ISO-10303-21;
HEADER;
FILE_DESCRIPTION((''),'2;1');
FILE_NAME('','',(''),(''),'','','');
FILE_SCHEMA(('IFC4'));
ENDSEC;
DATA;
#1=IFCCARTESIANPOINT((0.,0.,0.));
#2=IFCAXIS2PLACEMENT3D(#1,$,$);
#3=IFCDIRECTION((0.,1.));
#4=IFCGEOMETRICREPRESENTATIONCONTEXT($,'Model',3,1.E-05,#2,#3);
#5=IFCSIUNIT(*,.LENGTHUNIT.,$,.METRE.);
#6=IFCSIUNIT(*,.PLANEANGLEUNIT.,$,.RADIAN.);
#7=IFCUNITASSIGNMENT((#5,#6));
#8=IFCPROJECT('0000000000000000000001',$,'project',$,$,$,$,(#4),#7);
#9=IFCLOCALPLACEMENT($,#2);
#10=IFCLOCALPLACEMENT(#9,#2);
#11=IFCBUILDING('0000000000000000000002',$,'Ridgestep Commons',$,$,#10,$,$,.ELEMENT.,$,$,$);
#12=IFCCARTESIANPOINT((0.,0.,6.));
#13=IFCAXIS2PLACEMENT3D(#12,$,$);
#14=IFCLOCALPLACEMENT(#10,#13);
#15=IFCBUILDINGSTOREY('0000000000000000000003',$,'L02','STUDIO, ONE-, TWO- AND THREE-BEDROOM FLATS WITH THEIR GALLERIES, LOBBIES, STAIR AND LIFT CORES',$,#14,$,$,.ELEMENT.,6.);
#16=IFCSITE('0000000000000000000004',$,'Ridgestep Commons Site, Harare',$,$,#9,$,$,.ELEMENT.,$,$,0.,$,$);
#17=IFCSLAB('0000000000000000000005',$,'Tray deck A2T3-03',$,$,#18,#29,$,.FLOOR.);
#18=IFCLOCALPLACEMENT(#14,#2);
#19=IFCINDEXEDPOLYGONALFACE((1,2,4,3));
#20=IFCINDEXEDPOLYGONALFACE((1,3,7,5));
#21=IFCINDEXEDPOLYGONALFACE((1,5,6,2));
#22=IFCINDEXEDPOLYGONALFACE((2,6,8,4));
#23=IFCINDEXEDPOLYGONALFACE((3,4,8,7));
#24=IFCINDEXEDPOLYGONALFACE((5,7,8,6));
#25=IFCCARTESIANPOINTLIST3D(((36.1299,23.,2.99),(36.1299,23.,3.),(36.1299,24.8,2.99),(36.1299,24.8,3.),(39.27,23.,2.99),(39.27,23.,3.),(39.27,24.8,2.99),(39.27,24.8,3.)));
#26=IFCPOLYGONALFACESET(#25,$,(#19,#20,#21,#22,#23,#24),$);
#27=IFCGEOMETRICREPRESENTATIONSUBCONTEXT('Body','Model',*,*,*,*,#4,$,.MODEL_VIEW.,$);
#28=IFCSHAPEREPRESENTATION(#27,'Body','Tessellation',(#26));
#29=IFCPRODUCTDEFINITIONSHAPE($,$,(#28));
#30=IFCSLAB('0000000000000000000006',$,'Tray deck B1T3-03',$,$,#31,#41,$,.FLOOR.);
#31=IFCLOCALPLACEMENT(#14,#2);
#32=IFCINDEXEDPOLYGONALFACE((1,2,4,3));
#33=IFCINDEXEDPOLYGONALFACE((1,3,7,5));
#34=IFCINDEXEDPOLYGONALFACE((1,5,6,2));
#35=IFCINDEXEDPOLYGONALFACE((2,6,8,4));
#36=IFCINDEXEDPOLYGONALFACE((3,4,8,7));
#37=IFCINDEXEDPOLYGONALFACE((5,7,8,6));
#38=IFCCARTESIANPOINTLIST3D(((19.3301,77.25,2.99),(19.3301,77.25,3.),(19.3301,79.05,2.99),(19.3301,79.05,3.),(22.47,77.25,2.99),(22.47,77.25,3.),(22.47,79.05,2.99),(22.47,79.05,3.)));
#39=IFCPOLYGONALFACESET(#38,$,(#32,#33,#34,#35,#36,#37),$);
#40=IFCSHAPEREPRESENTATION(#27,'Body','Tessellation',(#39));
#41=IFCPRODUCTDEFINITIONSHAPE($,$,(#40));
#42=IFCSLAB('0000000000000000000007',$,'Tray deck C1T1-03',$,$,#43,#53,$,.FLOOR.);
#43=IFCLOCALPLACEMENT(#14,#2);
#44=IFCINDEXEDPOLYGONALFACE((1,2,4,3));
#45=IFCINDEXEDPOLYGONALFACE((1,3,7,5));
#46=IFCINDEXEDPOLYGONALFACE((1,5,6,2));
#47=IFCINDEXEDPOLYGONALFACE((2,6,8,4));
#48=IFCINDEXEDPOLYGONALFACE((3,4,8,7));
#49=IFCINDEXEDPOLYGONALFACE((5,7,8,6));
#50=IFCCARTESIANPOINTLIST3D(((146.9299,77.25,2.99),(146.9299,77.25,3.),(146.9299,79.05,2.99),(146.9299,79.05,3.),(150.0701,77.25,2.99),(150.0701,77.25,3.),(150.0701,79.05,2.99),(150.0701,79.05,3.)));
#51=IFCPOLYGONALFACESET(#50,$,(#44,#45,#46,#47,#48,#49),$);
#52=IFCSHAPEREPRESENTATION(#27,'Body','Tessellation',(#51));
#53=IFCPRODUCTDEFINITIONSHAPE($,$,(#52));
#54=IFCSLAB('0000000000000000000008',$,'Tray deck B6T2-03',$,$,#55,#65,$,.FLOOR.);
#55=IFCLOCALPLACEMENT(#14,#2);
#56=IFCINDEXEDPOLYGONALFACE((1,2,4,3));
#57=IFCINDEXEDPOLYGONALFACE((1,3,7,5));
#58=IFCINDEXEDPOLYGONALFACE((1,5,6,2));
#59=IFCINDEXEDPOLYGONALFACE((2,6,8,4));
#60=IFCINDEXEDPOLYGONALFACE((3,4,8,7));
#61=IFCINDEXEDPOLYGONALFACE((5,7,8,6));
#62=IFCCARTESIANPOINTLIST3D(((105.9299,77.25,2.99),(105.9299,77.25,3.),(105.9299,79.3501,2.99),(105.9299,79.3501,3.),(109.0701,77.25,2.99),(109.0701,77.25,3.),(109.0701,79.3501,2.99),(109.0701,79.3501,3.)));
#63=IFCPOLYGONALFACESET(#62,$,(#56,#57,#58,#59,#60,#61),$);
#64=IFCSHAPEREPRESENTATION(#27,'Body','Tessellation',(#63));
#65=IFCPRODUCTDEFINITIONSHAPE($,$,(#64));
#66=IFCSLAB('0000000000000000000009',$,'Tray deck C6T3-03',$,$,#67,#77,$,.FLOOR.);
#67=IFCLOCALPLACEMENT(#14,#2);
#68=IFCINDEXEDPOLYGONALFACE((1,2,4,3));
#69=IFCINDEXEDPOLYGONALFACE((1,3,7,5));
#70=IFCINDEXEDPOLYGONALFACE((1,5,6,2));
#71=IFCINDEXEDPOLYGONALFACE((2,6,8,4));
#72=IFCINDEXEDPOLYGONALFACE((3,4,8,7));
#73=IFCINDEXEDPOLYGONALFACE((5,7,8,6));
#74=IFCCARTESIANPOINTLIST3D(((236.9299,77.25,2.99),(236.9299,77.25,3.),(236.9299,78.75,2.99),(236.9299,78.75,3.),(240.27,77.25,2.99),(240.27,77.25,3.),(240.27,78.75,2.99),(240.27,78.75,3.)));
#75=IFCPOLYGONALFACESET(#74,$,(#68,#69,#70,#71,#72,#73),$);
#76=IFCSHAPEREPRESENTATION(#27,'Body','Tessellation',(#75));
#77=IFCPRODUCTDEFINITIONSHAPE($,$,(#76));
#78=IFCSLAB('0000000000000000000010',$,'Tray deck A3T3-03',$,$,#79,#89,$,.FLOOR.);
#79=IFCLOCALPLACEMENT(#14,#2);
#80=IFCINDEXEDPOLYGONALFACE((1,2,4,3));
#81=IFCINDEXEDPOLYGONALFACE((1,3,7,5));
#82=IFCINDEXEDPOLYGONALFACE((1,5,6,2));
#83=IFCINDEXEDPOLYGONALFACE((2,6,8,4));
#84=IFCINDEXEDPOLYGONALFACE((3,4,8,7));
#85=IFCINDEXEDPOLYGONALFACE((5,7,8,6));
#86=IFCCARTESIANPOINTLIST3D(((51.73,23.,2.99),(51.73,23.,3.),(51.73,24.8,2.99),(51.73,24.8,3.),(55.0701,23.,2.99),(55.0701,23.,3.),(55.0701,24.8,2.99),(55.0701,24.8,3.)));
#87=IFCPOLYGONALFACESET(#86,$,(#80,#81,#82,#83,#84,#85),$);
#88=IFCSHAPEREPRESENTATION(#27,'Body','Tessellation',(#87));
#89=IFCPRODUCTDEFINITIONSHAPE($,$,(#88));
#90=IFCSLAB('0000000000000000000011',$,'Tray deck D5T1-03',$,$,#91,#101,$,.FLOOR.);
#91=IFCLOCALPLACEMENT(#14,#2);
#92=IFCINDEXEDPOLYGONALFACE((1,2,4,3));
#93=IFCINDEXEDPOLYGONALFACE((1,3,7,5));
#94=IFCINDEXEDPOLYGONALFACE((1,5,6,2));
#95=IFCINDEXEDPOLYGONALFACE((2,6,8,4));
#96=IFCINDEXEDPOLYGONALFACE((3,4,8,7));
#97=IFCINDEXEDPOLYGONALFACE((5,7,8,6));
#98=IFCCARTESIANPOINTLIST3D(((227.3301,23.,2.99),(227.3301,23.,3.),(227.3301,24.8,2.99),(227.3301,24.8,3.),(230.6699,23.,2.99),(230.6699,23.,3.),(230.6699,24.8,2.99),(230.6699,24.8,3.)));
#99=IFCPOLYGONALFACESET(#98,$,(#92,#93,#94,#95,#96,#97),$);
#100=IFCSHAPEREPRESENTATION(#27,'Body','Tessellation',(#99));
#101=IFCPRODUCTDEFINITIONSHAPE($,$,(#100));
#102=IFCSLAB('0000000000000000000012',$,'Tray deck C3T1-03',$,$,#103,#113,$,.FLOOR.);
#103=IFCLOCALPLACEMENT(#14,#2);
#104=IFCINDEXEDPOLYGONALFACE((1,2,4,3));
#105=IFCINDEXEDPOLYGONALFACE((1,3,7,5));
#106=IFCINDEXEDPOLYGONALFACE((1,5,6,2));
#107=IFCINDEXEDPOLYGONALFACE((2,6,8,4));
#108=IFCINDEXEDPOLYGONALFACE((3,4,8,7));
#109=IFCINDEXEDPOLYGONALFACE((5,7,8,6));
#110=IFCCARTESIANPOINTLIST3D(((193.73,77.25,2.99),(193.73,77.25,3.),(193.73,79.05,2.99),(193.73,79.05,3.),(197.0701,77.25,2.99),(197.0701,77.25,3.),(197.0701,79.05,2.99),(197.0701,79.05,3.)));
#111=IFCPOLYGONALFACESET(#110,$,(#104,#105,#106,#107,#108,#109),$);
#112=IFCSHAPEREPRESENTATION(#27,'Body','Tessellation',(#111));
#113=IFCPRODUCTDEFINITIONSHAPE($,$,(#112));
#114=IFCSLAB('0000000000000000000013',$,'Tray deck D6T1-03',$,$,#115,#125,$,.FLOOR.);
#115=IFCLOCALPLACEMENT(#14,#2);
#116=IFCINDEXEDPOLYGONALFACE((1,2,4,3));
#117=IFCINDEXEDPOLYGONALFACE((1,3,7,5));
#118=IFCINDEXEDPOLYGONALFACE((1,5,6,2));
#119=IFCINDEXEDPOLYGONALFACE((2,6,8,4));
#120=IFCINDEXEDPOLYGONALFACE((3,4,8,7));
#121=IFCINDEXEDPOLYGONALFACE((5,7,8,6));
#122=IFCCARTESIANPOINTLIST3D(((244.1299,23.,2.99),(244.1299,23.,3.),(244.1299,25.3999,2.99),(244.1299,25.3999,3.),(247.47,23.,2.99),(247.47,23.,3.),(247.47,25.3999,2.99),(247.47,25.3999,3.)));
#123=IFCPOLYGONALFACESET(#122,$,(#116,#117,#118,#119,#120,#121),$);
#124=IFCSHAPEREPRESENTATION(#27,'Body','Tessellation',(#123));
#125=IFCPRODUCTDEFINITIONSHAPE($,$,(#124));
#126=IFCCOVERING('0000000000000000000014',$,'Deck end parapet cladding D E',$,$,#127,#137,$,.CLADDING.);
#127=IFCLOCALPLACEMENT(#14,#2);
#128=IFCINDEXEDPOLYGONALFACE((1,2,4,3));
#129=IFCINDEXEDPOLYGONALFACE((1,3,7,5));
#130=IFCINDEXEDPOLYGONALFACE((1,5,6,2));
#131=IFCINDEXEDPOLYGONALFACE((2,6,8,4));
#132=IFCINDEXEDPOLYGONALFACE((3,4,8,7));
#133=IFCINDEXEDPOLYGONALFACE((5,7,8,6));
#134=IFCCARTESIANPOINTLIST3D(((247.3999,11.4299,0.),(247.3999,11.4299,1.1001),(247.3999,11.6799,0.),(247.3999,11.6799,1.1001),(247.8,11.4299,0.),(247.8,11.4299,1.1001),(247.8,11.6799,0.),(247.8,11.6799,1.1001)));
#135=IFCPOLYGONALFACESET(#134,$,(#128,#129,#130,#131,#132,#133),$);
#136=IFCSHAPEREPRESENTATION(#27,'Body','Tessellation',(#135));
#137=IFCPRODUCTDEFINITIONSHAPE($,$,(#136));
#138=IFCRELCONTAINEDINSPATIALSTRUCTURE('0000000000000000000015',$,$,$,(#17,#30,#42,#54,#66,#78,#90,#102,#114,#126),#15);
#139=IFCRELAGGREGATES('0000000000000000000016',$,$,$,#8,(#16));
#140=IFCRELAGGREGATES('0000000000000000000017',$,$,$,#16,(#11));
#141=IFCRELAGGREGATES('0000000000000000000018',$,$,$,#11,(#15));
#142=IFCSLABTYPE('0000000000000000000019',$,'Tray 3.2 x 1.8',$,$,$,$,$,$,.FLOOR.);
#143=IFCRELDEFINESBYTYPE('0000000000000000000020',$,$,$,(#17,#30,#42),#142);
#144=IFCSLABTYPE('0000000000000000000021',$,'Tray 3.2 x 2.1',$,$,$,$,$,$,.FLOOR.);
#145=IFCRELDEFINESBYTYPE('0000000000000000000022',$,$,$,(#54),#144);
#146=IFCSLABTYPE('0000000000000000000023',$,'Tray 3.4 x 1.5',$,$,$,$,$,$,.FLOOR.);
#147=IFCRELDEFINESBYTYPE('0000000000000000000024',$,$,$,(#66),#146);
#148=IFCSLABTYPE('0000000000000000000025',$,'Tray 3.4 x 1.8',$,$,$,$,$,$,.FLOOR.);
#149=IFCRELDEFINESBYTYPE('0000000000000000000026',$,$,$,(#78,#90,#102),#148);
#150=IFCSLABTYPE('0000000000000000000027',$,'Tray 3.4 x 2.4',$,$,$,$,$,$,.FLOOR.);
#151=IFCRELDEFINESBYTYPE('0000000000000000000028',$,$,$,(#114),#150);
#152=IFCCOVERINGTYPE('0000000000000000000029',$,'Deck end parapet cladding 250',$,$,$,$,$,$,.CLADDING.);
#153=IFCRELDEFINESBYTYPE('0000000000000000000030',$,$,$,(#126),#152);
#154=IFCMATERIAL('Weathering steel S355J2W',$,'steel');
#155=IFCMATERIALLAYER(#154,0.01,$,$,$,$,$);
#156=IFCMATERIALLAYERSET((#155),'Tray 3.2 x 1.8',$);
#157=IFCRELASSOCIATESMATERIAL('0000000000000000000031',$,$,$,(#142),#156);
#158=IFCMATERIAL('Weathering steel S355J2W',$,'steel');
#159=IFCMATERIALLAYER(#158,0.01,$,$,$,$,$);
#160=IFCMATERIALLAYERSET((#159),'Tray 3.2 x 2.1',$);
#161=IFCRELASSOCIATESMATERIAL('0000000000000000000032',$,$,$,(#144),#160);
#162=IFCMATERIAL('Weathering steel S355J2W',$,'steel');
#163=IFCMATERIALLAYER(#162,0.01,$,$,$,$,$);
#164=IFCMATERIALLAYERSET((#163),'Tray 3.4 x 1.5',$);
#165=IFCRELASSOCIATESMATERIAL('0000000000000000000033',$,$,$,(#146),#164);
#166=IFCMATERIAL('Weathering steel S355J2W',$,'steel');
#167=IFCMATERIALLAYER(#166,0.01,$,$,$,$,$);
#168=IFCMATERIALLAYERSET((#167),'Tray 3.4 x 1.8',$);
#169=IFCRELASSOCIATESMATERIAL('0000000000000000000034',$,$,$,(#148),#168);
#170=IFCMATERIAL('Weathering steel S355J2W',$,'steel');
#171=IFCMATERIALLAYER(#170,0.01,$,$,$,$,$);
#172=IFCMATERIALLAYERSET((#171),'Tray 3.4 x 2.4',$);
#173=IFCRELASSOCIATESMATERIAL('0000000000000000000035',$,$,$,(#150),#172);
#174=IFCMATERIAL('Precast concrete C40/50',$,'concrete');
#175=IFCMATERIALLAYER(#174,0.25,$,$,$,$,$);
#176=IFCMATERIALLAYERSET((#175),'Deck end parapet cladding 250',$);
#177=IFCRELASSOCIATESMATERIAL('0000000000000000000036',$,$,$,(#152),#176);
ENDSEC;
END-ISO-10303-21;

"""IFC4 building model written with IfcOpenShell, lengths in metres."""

from ifc_helpers import new_model, si_unit, direction, frame, origin, place, context, subcontext, project, spatial, polyline, outline, extrude, material, layer, layer_set, type_object, element, save


model = new_model("IFC4")

# Units and contexts
model_context = context("Model", 3, precision=1e-05, world=origin(), true_north=direction((0.0, 1.0)))
body_context = subcontext(model_context, "Body", "Model", "MODEL_VIEW")
ifc_project = project(units=[si_unit("LENGTHUNIT", "METRE"), si_unit("PLANEANGLEUNIT", "RADIAN")], contexts=[model_context])

# Site, building, storey
site_placement = place(None, origin())
site = spatial("IfcSite", under=ifc_project, at=site_placement, Name="Ridgestep Commons Site, Harare", CompositionType="ELEMENT", RefElevation=0.0)
building_placement = place(site_placement, origin())
building = spatial("IfcBuilding", under=site, at=building_placement, Name="Ridgestep Commons", CompositionType="ELEMENT")
storey_placement = place(building_placement, frame((0.0, 0.0, 6.0)))
storey = spatial("IfcBuildingStorey", under=building, at=storey_placement, Name="L02", Description="STUDIO, ONE-, TWO- AND THREE-BEDROOM FLATS WITH THEIR GALLERIES, LOBBIES, STAIR AND LIFT CORES", CompositionType="ELEMENT", Elevation=6.0)

# Slabs
ifc_material_1 = material(Name="Weathering steel S355J2W", Category="steel")
ifc_layer_1 = layer(ifc_material_1, 0.01)
ifc_layer_set_1 = layer_set([ifc_layer_1], Name="Tray 3.2 x 1.8")
slab_type_1 = type_object("IfcSlabType", Name="Tray 3.2 x 1.8", PredefinedType="FLOOR", material=ifc_layer_set_1)
slab_1_placement = place(storey_placement, frame((0.0, 0.0, 2.99)))
element("IfcSlab", 1, at=slab_1_placement, inside=storey, type_object=slab_type_1, Name="Tray deck A2T3-03", PredefinedType="FLOOR", context=body_context, shape_type="SweptSolid", body=[
    extrude(outline(polyline([(36.1299, 23.0), (39.27, 23.0), (39.27, 24.8), (36.1299, 24.8), (36.1299, 23.0)])), origin(), (0.0, 0.0, 1.0), 0.01),
])
slab_2_placement = place(storey_placement, frame((0.0, 0.0, 2.99)))
element("IfcSlab", 2, at=slab_2_placement, inside=storey, type_object=slab_type_1, Name="Tray deck B1T3-03", PredefinedType="FLOOR", context=body_context, shape_type="SweptSolid", body=[
    extrude(outline(polyline([(19.3301, 77.25), (22.47, 77.25), (22.47, 79.05), (19.3301, 79.05), (19.3301, 77.25)])), origin(), (0.0, 0.0, 1.0), 0.01),
])
slab_3_placement = place(storey_placement, frame((0.0, 0.0, 2.99)))
element("IfcSlab", 3, at=slab_3_placement, inside=storey, type_object=slab_type_1, Name="Tray deck C1T1-03", PredefinedType="FLOOR", context=body_context, shape_type="SweptSolid", body=[
    extrude(outline(polyline([(146.9299, 77.25), (150.0701, 77.25), (150.0701, 79.05), (146.9299, 79.05), (146.9299, 77.25)])), origin(), (0.0, 0.0, 1.0), 0.01),
])
ifc_material_2 = material(Name="Weathering steel S355J2W", Category="steel")
ifc_layer_2 = layer(ifc_material_2, 0.01)
ifc_layer_set_2 = layer_set([ifc_layer_2], Name="Tray 3.2 x 2.1")
slab_type_2 = type_object("IfcSlabType", Name="Tray 3.2 x 2.1", PredefinedType="FLOOR", material=ifc_layer_set_2)
slab_4_placement = place(storey_placement, frame((0.0, 0.0, 2.99)))
element("IfcSlab", 4, at=slab_4_placement, inside=storey, type_object=slab_type_2, Name="Tray deck B6T2-03", PredefinedType="FLOOR", context=body_context, shape_type="SweptSolid", body=[
    extrude(outline(polyline([(105.9299, 77.25), (109.0701, 77.25), (109.0701, 79.3501), (105.9299, 79.3501), (105.9299, 77.25)])), origin(), (0.0, 0.0, 1.0), 0.01),
])
ifc_material_3 = material(Name="Weathering steel S355J2W", Category="steel")
ifc_layer_3 = layer(ifc_material_3, 0.01)
ifc_layer_set_3 = layer_set([ifc_layer_3], Name="Tray 3.4 x 1.5")
slab_type_3 = type_object("IfcSlabType", Name="Tray 3.4 x 1.5", PredefinedType="FLOOR", material=ifc_layer_set_3)
slab_5_placement = place(storey_placement, frame((0.0, 0.0, 2.99)))
element("IfcSlab", 5, at=slab_5_placement, inside=storey, type_object=slab_type_3, Name="Tray deck C6T3-03", PredefinedType="FLOOR", context=body_context, shape_type="SweptSolid", body=[
    extrude(outline(polyline([(236.9299, 77.25), (240.27, 77.25), (240.27, 78.75), (236.9299, 78.75), (236.9299, 77.25)])), origin(), (0.0, 0.0, 1.0), 0.01),
])
ifc_material_4 = material(Name="Weathering steel S355J2W", Category="steel")
ifc_layer_4 = layer(ifc_material_4, 0.01)
ifc_layer_set_4 = layer_set([ifc_layer_4], Name="Tray 3.4 x 1.8")
slab_type_4 = type_object("IfcSlabType", Name="Tray 3.4 x 1.8", PredefinedType="FLOOR", material=ifc_layer_set_4)
slab_6_placement = place(storey_placement, frame((0.0, 0.0, 2.99)))
element("IfcSlab", 6, at=slab_6_placement, inside=storey, type_object=slab_type_4, Name="Tray deck A3T3-03", PredefinedType="FLOOR", context=body_context, shape_type="SweptSolid", body=[
    extrude(outline(polyline([(51.73, 23.0), (55.0701, 23.0), (55.0701, 24.8), (51.73, 24.8), (51.73, 23.0)])), origin(), (0.0, 0.0, 1.0), 0.01),
])
slab_7_placement = place(storey_placement, frame((0.0, 0.0, 2.99)))
element("IfcSlab", 7, at=slab_7_placement, inside=storey, type_object=slab_type_4, Name="Tray deck D5T1-03", PredefinedType="FLOOR", context=body_context, shape_type="SweptSolid", body=[
    extrude(outline(polyline([(227.3301, 23.0), (230.6699, 23.0), (230.6699, 24.8), (227.3301, 24.8), (227.3301, 23.0)])), origin(), (0.0, 0.0, 1.0), 0.01),
])
slab_8_placement = place(storey_placement, frame((0.0, 0.0, 2.99)))
element("IfcSlab", 8, at=slab_8_placement, inside=storey, type_object=slab_type_4, Name="Tray deck C3T1-03", PredefinedType="FLOOR", context=body_context, shape_type="SweptSolid", body=[
    extrude(outline(polyline([(193.73, 77.25), (197.0701, 77.25), (197.0701, 79.05), (193.73, 79.05), (193.73, 77.25)])), origin(), (0.0, 0.0, 1.0), 0.01),
])
ifc_material_5 = material(Name="Weathering steel S355J2W", Category="steel")
ifc_layer_5 = layer(ifc_material_5, 0.01)
ifc_layer_set_5 = layer_set([ifc_layer_5], Name="Tray 3.4 x 2.4")
slab_type_5 = type_object("IfcSlabType", Name="Tray 3.4 x 2.4", PredefinedType="FLOOR", material=ifc_layer_set_5)
slab_9_placement = place(storey_placement, frame((0.0, 0.0, 2.99)))
element("IfcSlab", 9, at=slab_9_placement, inside=storey, type_object=slab_type_5, Name="Tray deck D6T1-03", PredefinedType="FLOOR", context=body_context, shape_type="SweptSolid", body=[
    extrude(outline(polyline([(244.1299, 23.0), (247.47, 23.0), (247.47, 25.3999), (244.1299, 25.3999), (244.1299, 23.0)])), origin(), (0.0, 0.0, 1.0), 0.01),
])

# Covering
ifc_material_6 = material(Name="Precast concrete C40/50", Category="concrete")
ifc_layer_6 = layer(ifc_material_6, 0.25)
ifc_layer_set_6 = layer_set([ifc_layer_6], Name="Deck end parapet cladding 250")
covering_type = type_object("IfcCoveringType", Name="Deck end parapet cladding 250", PredefinedType="CLADDING", material=ifc_layer_set_6)
covering_placement = place(storey_placement, origin())
element("IfcCovering", 10, at=covering_placement, inside=storey, type_object=covering_type, Name="Deck end parapet cladding D E", PredefinedType="CLADDING", context=body_context, shape_type="SweptSolid", body=[
    extrude(outline(polyline([(247.3999, 11.4299), (247.8, 11.4299), (247.8, 11.6799), (247.3999, 11.6799), (247.3999, 11.4299)])), origin(), (0.0, 0.0, 1.0), 1.1001),
])

save(model, "model.ifc")
